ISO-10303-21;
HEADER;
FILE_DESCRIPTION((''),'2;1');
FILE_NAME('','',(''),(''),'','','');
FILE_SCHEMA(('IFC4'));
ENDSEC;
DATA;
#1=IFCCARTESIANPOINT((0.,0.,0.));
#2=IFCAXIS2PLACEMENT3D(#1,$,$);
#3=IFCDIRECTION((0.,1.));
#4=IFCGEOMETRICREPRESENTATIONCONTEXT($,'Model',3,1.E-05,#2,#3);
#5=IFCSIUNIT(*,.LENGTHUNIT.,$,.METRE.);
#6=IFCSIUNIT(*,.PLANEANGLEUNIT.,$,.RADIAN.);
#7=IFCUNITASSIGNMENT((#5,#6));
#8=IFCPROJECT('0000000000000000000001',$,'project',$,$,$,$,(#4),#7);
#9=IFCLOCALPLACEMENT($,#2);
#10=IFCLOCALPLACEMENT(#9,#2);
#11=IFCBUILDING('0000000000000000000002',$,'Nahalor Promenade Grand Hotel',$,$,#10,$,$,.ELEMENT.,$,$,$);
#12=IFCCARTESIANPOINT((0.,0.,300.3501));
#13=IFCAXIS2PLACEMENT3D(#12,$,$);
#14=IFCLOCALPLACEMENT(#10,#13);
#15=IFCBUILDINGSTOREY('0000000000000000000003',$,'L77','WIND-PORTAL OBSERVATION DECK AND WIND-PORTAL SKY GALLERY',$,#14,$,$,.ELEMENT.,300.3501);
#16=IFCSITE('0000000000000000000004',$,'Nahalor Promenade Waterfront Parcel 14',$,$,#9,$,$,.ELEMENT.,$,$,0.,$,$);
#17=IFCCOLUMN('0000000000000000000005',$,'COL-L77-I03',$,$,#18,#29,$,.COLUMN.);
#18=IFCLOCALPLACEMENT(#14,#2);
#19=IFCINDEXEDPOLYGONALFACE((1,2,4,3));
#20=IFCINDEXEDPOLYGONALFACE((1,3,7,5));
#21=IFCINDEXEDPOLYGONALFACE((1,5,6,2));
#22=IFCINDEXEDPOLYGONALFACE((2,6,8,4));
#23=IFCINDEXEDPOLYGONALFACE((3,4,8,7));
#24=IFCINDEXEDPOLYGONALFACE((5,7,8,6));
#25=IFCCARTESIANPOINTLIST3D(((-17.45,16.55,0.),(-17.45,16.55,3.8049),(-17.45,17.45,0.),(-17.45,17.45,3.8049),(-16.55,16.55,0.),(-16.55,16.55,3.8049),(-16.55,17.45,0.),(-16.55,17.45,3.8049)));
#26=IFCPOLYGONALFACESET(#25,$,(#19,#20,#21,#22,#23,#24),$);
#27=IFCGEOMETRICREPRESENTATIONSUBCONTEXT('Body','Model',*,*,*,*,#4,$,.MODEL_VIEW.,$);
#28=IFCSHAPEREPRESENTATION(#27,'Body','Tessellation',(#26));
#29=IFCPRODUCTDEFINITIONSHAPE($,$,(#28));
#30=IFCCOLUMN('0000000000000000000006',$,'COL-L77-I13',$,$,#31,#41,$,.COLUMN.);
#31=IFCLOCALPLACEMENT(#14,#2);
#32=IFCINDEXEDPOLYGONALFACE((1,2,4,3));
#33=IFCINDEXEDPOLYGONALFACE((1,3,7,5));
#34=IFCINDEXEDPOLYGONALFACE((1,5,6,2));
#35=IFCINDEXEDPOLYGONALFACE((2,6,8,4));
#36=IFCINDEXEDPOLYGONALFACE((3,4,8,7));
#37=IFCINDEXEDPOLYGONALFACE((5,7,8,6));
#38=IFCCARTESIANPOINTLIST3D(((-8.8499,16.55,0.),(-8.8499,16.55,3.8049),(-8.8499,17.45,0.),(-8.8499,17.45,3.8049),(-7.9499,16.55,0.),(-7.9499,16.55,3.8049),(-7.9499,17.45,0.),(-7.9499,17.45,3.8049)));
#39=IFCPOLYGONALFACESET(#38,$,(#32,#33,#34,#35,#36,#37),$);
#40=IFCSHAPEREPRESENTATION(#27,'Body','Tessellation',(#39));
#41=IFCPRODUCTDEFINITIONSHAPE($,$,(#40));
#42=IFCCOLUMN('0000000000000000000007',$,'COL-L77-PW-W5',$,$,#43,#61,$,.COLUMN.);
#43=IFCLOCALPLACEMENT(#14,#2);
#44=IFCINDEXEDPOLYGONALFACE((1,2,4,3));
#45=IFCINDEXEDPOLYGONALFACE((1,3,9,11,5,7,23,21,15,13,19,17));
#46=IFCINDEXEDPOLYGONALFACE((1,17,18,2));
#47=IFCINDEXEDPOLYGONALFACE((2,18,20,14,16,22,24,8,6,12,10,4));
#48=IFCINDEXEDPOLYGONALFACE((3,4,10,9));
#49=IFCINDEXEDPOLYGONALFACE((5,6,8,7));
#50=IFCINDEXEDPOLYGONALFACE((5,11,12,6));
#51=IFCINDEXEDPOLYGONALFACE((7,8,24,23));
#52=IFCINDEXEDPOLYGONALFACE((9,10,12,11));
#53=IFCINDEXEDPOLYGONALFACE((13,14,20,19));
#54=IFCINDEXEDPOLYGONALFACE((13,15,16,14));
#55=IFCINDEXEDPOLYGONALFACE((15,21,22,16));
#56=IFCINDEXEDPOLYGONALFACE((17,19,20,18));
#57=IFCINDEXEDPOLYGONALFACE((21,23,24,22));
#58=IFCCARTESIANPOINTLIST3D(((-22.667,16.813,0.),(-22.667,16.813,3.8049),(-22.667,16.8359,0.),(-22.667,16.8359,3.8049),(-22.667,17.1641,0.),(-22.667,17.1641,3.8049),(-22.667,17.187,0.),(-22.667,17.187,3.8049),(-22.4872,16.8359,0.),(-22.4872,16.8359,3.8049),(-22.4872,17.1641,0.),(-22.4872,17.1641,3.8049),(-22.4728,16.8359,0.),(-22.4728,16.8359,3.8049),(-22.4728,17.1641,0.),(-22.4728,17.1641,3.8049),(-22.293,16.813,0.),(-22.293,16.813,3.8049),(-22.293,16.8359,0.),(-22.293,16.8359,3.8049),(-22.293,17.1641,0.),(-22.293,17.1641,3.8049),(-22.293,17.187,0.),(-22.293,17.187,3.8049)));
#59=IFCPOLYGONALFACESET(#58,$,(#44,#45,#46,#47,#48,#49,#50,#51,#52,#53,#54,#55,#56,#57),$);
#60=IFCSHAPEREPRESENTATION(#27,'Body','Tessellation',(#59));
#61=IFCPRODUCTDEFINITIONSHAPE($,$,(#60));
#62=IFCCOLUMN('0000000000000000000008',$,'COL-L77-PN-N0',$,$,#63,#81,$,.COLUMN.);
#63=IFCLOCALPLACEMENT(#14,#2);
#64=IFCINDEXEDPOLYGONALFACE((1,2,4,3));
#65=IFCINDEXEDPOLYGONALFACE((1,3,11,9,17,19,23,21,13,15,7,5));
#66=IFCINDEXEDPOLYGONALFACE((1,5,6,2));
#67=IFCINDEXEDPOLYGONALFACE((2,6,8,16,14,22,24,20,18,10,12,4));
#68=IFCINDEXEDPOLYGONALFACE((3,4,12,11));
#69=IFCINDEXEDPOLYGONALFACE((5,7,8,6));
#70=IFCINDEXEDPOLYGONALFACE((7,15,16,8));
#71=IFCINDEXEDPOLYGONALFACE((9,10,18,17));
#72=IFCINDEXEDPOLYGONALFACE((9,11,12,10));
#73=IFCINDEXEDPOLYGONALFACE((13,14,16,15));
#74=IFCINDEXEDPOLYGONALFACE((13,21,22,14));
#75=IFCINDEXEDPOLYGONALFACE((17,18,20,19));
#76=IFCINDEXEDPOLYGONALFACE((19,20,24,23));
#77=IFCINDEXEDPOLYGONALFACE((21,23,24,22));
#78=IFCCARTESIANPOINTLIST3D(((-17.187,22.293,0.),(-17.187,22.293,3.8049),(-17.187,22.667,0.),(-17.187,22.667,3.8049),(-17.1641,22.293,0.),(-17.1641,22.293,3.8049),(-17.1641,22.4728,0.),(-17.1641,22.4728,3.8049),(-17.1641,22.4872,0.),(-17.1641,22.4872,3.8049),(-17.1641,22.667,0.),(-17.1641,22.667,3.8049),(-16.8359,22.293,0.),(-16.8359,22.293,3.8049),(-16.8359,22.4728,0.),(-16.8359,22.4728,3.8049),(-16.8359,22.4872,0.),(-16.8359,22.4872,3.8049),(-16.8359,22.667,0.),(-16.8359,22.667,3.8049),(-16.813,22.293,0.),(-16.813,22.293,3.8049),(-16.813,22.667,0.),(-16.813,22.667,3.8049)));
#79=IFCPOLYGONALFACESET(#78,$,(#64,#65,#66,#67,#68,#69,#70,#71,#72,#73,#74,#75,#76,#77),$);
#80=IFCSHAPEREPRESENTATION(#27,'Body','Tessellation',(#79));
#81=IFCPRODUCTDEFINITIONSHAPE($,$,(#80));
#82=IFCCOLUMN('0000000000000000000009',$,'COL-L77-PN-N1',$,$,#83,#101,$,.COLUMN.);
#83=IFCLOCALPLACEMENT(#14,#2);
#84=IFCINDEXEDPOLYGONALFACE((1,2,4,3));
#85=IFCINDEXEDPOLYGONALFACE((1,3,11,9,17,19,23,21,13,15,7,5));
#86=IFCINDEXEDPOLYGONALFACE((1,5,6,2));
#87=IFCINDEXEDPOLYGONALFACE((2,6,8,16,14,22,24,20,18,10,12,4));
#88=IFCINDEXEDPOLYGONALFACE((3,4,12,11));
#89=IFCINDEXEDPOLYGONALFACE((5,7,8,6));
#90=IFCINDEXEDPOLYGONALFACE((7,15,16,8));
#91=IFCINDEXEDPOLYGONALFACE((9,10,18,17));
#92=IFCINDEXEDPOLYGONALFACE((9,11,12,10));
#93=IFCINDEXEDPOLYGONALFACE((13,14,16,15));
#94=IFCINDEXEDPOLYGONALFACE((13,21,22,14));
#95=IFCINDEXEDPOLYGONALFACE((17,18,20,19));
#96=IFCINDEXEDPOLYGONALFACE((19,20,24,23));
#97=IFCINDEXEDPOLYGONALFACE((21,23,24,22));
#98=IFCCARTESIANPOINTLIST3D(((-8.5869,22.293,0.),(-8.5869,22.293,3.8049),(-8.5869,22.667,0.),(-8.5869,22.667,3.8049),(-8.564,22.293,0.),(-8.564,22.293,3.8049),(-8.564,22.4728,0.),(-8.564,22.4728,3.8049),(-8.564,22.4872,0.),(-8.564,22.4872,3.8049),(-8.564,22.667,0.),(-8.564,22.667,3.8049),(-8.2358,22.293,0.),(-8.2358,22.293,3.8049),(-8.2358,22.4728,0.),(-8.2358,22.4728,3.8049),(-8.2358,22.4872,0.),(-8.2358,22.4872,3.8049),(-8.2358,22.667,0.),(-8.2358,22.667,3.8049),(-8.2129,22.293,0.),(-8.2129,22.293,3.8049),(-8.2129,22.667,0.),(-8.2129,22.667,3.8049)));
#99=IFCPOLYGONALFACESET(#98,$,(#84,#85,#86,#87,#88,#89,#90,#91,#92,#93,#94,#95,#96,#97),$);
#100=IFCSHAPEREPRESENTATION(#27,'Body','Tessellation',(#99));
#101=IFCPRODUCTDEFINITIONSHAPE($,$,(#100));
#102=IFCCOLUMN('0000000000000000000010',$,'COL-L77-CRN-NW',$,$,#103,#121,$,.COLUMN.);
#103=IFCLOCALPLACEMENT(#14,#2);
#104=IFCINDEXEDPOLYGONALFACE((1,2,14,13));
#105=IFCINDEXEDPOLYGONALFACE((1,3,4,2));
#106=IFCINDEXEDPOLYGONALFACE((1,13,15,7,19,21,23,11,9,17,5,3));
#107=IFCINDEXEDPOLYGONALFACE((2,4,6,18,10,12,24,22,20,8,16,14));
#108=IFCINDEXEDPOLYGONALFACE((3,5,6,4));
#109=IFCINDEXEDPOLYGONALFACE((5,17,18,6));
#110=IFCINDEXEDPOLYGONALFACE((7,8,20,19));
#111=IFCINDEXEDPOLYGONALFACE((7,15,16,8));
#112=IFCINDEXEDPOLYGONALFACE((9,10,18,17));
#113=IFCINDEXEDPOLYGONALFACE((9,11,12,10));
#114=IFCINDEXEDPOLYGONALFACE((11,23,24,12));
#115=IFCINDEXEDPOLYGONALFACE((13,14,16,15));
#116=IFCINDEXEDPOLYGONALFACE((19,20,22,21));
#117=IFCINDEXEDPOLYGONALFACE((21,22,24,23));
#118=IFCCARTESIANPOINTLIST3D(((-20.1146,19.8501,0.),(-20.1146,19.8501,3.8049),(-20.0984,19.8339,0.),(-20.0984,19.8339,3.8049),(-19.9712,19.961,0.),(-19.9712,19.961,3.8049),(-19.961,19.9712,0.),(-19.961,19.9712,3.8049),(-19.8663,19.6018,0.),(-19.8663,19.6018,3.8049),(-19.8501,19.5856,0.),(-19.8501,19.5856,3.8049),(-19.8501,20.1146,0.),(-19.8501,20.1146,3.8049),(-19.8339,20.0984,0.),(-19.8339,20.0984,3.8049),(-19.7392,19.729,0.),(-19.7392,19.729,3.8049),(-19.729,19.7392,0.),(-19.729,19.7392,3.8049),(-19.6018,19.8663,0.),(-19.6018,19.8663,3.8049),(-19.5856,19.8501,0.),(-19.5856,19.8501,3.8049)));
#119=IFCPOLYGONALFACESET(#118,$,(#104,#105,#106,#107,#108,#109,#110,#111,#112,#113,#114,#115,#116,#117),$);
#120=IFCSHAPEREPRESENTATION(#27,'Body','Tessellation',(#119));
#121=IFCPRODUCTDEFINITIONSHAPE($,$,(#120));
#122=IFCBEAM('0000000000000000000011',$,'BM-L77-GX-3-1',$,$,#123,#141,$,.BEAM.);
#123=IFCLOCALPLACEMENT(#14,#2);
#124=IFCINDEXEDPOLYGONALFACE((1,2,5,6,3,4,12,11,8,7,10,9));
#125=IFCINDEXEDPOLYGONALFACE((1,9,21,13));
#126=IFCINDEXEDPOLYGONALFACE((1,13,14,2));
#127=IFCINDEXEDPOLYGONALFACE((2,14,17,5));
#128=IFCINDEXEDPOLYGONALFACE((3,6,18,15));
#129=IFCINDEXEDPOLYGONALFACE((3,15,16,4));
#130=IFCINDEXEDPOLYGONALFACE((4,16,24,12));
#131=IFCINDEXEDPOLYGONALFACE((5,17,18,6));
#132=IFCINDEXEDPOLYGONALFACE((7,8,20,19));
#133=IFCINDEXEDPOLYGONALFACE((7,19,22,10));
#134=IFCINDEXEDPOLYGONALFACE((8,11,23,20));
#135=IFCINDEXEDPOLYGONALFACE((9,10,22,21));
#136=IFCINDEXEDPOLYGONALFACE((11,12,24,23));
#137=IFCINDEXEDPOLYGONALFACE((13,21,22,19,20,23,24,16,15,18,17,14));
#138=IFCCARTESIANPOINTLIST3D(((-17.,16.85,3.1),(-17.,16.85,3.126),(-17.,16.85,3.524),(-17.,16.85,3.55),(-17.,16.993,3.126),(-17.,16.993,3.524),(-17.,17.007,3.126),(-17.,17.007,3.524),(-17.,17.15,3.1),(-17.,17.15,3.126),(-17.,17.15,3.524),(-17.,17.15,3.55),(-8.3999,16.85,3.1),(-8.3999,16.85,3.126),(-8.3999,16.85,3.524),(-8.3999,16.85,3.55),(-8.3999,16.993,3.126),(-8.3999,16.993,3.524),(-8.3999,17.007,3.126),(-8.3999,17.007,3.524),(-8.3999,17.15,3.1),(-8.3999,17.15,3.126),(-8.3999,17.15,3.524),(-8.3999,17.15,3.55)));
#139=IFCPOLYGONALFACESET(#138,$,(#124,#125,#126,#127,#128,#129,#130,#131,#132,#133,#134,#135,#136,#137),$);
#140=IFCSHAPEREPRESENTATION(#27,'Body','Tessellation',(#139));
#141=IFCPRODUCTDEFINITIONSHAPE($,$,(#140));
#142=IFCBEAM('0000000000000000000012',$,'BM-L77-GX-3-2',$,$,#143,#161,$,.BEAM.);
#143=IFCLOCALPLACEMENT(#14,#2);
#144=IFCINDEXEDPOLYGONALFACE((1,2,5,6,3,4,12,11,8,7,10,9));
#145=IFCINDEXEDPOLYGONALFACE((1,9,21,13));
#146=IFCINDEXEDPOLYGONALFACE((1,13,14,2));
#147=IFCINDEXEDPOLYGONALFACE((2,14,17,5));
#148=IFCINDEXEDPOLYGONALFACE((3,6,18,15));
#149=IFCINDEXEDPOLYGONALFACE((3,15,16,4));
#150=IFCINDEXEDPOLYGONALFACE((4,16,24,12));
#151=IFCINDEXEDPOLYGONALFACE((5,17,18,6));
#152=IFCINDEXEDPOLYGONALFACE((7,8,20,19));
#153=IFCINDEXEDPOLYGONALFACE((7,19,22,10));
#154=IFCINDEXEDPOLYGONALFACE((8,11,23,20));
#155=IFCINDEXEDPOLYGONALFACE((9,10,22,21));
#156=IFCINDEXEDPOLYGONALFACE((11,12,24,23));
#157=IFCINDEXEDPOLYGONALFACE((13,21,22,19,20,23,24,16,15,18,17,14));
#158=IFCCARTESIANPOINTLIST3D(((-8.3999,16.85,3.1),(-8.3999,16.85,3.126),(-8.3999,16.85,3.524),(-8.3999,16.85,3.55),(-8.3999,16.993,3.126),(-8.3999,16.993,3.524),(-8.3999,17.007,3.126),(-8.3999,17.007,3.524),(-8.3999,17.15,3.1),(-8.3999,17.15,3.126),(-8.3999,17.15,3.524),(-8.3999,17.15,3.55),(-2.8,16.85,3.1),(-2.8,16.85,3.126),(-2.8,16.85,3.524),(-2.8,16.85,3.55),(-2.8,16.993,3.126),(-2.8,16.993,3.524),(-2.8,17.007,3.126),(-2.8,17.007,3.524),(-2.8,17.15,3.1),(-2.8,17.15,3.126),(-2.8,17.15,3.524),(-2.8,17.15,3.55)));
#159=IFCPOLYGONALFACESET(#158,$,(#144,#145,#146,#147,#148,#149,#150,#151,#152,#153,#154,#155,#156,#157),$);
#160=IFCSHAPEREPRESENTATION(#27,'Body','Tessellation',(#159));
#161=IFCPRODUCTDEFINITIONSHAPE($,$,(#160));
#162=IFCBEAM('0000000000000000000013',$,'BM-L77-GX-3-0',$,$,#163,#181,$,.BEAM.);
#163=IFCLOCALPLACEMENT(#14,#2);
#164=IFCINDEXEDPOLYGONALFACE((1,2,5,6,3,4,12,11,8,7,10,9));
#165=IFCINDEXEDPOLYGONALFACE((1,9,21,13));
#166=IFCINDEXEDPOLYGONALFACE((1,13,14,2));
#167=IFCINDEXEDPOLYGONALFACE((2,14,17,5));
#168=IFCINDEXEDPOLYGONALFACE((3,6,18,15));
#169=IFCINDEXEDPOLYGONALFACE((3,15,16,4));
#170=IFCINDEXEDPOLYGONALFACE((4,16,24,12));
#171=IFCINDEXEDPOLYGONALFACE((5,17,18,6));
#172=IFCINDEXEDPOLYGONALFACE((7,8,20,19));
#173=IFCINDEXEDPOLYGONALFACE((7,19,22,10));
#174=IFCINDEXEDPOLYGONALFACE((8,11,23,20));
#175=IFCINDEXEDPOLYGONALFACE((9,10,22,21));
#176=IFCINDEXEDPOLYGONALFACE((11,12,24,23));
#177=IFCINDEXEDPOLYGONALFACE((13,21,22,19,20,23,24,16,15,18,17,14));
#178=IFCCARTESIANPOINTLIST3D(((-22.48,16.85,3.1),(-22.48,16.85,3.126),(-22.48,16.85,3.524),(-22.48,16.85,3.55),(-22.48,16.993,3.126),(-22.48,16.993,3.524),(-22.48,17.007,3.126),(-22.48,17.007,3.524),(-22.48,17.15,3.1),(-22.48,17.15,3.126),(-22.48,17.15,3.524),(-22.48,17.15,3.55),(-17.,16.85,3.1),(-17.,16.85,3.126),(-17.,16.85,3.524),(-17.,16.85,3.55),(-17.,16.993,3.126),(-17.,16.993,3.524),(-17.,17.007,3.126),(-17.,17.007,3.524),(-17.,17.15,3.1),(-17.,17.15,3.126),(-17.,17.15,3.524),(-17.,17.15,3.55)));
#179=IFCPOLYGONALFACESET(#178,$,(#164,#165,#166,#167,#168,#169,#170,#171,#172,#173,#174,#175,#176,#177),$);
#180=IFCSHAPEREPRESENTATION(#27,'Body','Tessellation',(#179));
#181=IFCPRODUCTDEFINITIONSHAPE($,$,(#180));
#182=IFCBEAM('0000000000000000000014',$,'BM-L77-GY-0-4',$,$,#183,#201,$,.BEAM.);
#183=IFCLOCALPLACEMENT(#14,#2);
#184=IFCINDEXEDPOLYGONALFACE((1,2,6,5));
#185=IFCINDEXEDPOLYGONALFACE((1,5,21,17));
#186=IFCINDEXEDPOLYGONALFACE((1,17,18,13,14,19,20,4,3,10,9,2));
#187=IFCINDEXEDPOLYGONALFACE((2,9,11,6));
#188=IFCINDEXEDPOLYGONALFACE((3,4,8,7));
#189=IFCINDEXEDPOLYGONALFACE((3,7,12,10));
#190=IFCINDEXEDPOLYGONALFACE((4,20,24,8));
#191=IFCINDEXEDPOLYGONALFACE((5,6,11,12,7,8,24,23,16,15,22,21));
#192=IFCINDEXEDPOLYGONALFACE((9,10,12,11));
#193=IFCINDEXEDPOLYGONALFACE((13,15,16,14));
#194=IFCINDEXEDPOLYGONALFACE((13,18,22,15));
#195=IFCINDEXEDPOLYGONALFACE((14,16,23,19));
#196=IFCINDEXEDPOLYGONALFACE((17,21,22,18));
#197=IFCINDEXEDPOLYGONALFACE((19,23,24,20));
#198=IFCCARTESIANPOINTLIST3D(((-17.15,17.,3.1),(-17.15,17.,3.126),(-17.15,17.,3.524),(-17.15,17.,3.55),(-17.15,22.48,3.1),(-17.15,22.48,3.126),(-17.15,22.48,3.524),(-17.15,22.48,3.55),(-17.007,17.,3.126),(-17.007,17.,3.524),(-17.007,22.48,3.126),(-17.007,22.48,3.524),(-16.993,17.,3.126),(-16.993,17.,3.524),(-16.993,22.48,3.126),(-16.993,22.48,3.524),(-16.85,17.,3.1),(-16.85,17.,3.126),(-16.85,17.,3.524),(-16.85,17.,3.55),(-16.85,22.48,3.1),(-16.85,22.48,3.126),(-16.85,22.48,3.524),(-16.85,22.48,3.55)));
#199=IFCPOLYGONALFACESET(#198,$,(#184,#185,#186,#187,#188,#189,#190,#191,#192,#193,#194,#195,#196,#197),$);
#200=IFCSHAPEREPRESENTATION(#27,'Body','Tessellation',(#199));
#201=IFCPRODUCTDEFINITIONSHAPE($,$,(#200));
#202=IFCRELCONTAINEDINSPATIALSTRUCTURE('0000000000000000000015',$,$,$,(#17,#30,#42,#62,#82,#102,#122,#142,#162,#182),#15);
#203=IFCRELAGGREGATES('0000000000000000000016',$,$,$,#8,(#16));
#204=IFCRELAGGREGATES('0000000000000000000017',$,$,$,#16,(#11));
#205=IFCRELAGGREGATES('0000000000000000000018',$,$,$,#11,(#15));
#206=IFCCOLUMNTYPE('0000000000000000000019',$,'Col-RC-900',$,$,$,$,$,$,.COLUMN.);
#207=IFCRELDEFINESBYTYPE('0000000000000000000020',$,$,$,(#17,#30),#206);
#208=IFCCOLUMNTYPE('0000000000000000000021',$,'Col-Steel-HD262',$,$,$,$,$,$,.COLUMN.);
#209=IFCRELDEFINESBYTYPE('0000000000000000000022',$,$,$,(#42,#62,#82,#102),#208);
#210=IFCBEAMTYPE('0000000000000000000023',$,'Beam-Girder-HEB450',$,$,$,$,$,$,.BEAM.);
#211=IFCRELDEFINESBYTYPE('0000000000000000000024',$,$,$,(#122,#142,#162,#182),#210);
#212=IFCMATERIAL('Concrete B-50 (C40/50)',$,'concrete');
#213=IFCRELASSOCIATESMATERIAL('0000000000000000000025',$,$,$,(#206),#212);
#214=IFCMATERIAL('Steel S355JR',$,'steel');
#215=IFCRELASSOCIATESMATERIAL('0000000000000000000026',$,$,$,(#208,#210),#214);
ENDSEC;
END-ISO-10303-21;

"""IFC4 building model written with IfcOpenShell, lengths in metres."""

from ifc_helpers import new_model, si_unit, direction, frame, origin, origin_2d, place, context, subcontext, project, spatial, rectangle, i_section, extrude, source, transform, mapped, material, material_profile, profile_set, type_object, element, save


model = new_model("IFC4")

# Units and contexts
model_context = context("Model", 3, precision=1e-05, world=origin(), true_north=direction((0.0, 1.0)))
body_context = subcontext(model_context, "Body", "Model", "MODEL_VIEW")
ifc_project = project(units=[si_unit("LENGTHUNIT", "METRE"), si_unit("PLANEANGLEUNIT", "RADIAN")], contexts=[model_context])

# Site, building, storey
site_placement = place(None, origin())
site = spatial("IfcSite", under=ifc_project, at=site_placement, Name="Nahalor Promenade Waterfront Parcel 14", CompositionType="ELEMENT", RefElevation=0.0)
building_placement = place(site_placement, origin())
building = spatial("IfcBuilding", under=site, at=building_placement, Name="Nahalor Promenade Grand Hotel", CompositionType="ELEMENT")
storey_placement = place(building_placement, frame((0.0, 0.0, 300.3501)))
storey = spatial("IfcBuildingStorey", under=building, at=storey_placement, Name="L77", Description="WIND-PORTAL OBSERVATION DECK AND WIND-PORTAL SKY GALLERY", CompositionType="ELEMENT", Elevation=300.3501)

# Columns
ifc_material_1 = material(Name="Concrete B-50 (C40/50)", Category="concrete")
ifc_material_profile_1 = material_profile(ifc_material_1, rectangle(XDim=0.9, YDim=0.9, at=origin_2d()), Name="RC 900x900")
ifc_profile_set_1 = profile_set([ifc_material_profile_1], Name="Concrete B-50 (C40/50)")
column_type_1 = type_object("IfcColumnType", Name="Col-RC-900", PredefinedType="COLUMN", material=ifc_profile_set_1)
shared_shape_1 = source(origin(), body_context, "Body", "SweptSolid", [
    extrude(rectangle(XDim=0.9, YDim=0.9, at=origin_2d()), origin(), (0.0, 0.0, 1.0), 3.8049),
])
for number, where, z_axis, x_axis, name in (
    (1, (-17.0, 17.0, 0.0), (0.0, 0.0, 1.0), (1.0, 0.0, 0.0), "COL-L77-I03"),
    (2, (-8.3999, 17.0, 0.0), (0.0, 0.0, 1.0), (1.0, 0.0, 0.0), "COL-L77-I13"),
):
    element("IfcColumn", number, at=place(storey_placement, frame(where, z_axis=z_axis, x_axis=x_axis)), inside=storey, type_object=column_type_1, Name=name, PredefinedType="COLUMN", context=body_context, shape_type="MappedRepresentation", body=[
        mapped(shared_shape_1, transform((0.0, 0.0, 0.0), scale=1.0)),
    ])
ifc_material_2 = material(Name="Steel S355JR", Category="steel")
ifc_material_profile_2 = material_profile(ifc_material_2, i_section(OverallWidth=0.374, OverallDepth=0.374, WebThickness=0.0144, FlangeThickness=0.0229, at=origin_2d()), Name="HD 360x262")
ifc_profile_set_2 = profile_set([ifc_material_profile_2], Name="Steel S355JR")
column_type_2 = type_object("IfcColumnType", Name="Col-Steel-HD262", PredefinedType="COLUMN", material=ifc_profile_set_2)
shared_shape_2 = source(origin(), body_context, "Body", "SweptSolid", [
    extrude(i_section(OverallWidth=0.374, OverallDepth=0.374, WebThickness=0.0144, FlangeThickness=0.0229, at=origin_2d()), origin(), (0.0, 0.0, 1.0), 3.8049),
])
for number, where, z_axis, x_axis, name in (
    (3, (-22.48, 17.0, 0.0), (0.0, 0.0, 1.0), (1.0, 0.0, 0.0), "COL-L77-PW-W5"),
    (4, (-17.0, 22.48, 0.0), (0.0, 0.0, 1.0), (0.0, 1.0, 0.0), "COL-L77-PN-N0"),
    (5, (-8.3999, 22.48, 0.0), (0.0, 0.0, 1.0), (0.0, 1.0, 0.0), "COL-L77-PN-N1"),
    (6, (-19.8501, 19.8501, 0.0), (0.0, 0.0, 1.0), (0.707107, 0.707107, 0.0), "COL-L77-CRN-NW"),
):
    element("IfcColumn", number, at=place(storey_placement, frame(where, z_axis=z_axis, x_axis=x_axis)), inside=storey, type_object=column_type_2, Name=name, PredefinedType="COLUMN", context=body_context, shape_type="MappedRepresentation", body=[
        mapped(shared_shape_2, transform((0.0, 0.0, 0.0), scale=1.0)),
    ])

# Beams
ifc_material_profile_3 = material_profile(ifc_material_2, i_section(OverallWidth=0.3, OverallDepth=0.45, WebThickness=0.014, FlangeThickness=0.026, at=origin_2d()), Name="HEB 450")
ifc_profile_set_3 = profile_set([ifc_material_profile_3], Name="Steel S355JR")
beam_type_1 = type_object("IfcBeamType", Name="Beam-Girder-HEB450", PredefinedType="BEAM", material=ifc_profile_set_3)
shared_shape_3 = source(origin(), body_context, "Body", "SweptSolid", [
    extrude(i_section(OverallWidth=0.3, OverallDepth=0.45, WebThickness=0.014, FlangeThickness=0.026, at=origin_2d()), origin(), (0.0, 0.0, 1.0), 8.6001),
])
beam_1_placement = place(storey_placement, frame((-17.0, 17.0, 3.325), z_axis=(1.0, 0.0, 0.0), x_axis=(0.0, 1.0, 0.0)))
element("IfcBeam", 7, at=beam_1_placement, inside=storey, type_object=beam_type_1, Name="BM-L77-GX-3-1", PredefinedType="BEAM", context=body_context, shape_type="MappedRepresentation", body=[
    mapped(shared_shape_3, transform((0.0, 0.0, 0.0), scale=1.0)),
])
shared_shape_4 = source(origin(), body_context, "Body", "SweptSolid", [
    extrude(i_section(OverallWidth=0.3, OverallDepth=0.45, WebThickness=0.014, FlangeThickness=0.026, at=origin_2d()), origin(), (0.0, 0.0, 1.0), 5.5999),
])
beam_2_placement = place(storey_placement, frame((-8.3999, 17.0, 3.325), z_axis=(1.0, 0.0, 0.0), x_axis=(0.0, 1.0, 0.0)))
element("IfcBeam", 8, at=beam_2_placement, inside=storey, type_object=beam_type_1, Name="BM-L77-GX-3-2", PredefinedType="BEAM", context=body_context, shape_type="MappedRepresentation", body=[
    mapped(shared_shape_4, transform((0.0, 0.0, 0.0), scale=1.0)),
])
shared_shape_5 = source(origin(), body_context, "Body", "SweptSolid", [
    extrude(i_section(OverallWidth=0.3, OverallDepth=0.45, WebThickness=0.014, FlangeThickness=0.026, at=origin_2d()), origin(), (0.0, 0.0, 1.0), 5.48),
])
for number, where, z_axis, x_axis, name in (
    (9, (-22.48, 17.0, 3.325), (1.0, 0.0, 0.0), (0.0, 1.0, 0.0), "BM-L77-GX-3-0"),
    (10, (-17.0, 17.0, 3.325), (0.0, 1.0, 0.0), (-1.0, 0.0, 0.0), "BM-L77-GY-0-4"),
):
    element("IfcBeam", number, at=place(storey_placement, frame(where, z_axis=z_axis, x_axis=x_axis)), inside=storey, type_object=beam_type_1, Name=name, PredefinedType="BEAM", context=body_context, shape_type="MappedRepresentation", body=[
        mapped(shared_shape_5, transform((0.0, 0.0, 0.0), scale=1.0)),
    ])

save(model, "model.ifc")
